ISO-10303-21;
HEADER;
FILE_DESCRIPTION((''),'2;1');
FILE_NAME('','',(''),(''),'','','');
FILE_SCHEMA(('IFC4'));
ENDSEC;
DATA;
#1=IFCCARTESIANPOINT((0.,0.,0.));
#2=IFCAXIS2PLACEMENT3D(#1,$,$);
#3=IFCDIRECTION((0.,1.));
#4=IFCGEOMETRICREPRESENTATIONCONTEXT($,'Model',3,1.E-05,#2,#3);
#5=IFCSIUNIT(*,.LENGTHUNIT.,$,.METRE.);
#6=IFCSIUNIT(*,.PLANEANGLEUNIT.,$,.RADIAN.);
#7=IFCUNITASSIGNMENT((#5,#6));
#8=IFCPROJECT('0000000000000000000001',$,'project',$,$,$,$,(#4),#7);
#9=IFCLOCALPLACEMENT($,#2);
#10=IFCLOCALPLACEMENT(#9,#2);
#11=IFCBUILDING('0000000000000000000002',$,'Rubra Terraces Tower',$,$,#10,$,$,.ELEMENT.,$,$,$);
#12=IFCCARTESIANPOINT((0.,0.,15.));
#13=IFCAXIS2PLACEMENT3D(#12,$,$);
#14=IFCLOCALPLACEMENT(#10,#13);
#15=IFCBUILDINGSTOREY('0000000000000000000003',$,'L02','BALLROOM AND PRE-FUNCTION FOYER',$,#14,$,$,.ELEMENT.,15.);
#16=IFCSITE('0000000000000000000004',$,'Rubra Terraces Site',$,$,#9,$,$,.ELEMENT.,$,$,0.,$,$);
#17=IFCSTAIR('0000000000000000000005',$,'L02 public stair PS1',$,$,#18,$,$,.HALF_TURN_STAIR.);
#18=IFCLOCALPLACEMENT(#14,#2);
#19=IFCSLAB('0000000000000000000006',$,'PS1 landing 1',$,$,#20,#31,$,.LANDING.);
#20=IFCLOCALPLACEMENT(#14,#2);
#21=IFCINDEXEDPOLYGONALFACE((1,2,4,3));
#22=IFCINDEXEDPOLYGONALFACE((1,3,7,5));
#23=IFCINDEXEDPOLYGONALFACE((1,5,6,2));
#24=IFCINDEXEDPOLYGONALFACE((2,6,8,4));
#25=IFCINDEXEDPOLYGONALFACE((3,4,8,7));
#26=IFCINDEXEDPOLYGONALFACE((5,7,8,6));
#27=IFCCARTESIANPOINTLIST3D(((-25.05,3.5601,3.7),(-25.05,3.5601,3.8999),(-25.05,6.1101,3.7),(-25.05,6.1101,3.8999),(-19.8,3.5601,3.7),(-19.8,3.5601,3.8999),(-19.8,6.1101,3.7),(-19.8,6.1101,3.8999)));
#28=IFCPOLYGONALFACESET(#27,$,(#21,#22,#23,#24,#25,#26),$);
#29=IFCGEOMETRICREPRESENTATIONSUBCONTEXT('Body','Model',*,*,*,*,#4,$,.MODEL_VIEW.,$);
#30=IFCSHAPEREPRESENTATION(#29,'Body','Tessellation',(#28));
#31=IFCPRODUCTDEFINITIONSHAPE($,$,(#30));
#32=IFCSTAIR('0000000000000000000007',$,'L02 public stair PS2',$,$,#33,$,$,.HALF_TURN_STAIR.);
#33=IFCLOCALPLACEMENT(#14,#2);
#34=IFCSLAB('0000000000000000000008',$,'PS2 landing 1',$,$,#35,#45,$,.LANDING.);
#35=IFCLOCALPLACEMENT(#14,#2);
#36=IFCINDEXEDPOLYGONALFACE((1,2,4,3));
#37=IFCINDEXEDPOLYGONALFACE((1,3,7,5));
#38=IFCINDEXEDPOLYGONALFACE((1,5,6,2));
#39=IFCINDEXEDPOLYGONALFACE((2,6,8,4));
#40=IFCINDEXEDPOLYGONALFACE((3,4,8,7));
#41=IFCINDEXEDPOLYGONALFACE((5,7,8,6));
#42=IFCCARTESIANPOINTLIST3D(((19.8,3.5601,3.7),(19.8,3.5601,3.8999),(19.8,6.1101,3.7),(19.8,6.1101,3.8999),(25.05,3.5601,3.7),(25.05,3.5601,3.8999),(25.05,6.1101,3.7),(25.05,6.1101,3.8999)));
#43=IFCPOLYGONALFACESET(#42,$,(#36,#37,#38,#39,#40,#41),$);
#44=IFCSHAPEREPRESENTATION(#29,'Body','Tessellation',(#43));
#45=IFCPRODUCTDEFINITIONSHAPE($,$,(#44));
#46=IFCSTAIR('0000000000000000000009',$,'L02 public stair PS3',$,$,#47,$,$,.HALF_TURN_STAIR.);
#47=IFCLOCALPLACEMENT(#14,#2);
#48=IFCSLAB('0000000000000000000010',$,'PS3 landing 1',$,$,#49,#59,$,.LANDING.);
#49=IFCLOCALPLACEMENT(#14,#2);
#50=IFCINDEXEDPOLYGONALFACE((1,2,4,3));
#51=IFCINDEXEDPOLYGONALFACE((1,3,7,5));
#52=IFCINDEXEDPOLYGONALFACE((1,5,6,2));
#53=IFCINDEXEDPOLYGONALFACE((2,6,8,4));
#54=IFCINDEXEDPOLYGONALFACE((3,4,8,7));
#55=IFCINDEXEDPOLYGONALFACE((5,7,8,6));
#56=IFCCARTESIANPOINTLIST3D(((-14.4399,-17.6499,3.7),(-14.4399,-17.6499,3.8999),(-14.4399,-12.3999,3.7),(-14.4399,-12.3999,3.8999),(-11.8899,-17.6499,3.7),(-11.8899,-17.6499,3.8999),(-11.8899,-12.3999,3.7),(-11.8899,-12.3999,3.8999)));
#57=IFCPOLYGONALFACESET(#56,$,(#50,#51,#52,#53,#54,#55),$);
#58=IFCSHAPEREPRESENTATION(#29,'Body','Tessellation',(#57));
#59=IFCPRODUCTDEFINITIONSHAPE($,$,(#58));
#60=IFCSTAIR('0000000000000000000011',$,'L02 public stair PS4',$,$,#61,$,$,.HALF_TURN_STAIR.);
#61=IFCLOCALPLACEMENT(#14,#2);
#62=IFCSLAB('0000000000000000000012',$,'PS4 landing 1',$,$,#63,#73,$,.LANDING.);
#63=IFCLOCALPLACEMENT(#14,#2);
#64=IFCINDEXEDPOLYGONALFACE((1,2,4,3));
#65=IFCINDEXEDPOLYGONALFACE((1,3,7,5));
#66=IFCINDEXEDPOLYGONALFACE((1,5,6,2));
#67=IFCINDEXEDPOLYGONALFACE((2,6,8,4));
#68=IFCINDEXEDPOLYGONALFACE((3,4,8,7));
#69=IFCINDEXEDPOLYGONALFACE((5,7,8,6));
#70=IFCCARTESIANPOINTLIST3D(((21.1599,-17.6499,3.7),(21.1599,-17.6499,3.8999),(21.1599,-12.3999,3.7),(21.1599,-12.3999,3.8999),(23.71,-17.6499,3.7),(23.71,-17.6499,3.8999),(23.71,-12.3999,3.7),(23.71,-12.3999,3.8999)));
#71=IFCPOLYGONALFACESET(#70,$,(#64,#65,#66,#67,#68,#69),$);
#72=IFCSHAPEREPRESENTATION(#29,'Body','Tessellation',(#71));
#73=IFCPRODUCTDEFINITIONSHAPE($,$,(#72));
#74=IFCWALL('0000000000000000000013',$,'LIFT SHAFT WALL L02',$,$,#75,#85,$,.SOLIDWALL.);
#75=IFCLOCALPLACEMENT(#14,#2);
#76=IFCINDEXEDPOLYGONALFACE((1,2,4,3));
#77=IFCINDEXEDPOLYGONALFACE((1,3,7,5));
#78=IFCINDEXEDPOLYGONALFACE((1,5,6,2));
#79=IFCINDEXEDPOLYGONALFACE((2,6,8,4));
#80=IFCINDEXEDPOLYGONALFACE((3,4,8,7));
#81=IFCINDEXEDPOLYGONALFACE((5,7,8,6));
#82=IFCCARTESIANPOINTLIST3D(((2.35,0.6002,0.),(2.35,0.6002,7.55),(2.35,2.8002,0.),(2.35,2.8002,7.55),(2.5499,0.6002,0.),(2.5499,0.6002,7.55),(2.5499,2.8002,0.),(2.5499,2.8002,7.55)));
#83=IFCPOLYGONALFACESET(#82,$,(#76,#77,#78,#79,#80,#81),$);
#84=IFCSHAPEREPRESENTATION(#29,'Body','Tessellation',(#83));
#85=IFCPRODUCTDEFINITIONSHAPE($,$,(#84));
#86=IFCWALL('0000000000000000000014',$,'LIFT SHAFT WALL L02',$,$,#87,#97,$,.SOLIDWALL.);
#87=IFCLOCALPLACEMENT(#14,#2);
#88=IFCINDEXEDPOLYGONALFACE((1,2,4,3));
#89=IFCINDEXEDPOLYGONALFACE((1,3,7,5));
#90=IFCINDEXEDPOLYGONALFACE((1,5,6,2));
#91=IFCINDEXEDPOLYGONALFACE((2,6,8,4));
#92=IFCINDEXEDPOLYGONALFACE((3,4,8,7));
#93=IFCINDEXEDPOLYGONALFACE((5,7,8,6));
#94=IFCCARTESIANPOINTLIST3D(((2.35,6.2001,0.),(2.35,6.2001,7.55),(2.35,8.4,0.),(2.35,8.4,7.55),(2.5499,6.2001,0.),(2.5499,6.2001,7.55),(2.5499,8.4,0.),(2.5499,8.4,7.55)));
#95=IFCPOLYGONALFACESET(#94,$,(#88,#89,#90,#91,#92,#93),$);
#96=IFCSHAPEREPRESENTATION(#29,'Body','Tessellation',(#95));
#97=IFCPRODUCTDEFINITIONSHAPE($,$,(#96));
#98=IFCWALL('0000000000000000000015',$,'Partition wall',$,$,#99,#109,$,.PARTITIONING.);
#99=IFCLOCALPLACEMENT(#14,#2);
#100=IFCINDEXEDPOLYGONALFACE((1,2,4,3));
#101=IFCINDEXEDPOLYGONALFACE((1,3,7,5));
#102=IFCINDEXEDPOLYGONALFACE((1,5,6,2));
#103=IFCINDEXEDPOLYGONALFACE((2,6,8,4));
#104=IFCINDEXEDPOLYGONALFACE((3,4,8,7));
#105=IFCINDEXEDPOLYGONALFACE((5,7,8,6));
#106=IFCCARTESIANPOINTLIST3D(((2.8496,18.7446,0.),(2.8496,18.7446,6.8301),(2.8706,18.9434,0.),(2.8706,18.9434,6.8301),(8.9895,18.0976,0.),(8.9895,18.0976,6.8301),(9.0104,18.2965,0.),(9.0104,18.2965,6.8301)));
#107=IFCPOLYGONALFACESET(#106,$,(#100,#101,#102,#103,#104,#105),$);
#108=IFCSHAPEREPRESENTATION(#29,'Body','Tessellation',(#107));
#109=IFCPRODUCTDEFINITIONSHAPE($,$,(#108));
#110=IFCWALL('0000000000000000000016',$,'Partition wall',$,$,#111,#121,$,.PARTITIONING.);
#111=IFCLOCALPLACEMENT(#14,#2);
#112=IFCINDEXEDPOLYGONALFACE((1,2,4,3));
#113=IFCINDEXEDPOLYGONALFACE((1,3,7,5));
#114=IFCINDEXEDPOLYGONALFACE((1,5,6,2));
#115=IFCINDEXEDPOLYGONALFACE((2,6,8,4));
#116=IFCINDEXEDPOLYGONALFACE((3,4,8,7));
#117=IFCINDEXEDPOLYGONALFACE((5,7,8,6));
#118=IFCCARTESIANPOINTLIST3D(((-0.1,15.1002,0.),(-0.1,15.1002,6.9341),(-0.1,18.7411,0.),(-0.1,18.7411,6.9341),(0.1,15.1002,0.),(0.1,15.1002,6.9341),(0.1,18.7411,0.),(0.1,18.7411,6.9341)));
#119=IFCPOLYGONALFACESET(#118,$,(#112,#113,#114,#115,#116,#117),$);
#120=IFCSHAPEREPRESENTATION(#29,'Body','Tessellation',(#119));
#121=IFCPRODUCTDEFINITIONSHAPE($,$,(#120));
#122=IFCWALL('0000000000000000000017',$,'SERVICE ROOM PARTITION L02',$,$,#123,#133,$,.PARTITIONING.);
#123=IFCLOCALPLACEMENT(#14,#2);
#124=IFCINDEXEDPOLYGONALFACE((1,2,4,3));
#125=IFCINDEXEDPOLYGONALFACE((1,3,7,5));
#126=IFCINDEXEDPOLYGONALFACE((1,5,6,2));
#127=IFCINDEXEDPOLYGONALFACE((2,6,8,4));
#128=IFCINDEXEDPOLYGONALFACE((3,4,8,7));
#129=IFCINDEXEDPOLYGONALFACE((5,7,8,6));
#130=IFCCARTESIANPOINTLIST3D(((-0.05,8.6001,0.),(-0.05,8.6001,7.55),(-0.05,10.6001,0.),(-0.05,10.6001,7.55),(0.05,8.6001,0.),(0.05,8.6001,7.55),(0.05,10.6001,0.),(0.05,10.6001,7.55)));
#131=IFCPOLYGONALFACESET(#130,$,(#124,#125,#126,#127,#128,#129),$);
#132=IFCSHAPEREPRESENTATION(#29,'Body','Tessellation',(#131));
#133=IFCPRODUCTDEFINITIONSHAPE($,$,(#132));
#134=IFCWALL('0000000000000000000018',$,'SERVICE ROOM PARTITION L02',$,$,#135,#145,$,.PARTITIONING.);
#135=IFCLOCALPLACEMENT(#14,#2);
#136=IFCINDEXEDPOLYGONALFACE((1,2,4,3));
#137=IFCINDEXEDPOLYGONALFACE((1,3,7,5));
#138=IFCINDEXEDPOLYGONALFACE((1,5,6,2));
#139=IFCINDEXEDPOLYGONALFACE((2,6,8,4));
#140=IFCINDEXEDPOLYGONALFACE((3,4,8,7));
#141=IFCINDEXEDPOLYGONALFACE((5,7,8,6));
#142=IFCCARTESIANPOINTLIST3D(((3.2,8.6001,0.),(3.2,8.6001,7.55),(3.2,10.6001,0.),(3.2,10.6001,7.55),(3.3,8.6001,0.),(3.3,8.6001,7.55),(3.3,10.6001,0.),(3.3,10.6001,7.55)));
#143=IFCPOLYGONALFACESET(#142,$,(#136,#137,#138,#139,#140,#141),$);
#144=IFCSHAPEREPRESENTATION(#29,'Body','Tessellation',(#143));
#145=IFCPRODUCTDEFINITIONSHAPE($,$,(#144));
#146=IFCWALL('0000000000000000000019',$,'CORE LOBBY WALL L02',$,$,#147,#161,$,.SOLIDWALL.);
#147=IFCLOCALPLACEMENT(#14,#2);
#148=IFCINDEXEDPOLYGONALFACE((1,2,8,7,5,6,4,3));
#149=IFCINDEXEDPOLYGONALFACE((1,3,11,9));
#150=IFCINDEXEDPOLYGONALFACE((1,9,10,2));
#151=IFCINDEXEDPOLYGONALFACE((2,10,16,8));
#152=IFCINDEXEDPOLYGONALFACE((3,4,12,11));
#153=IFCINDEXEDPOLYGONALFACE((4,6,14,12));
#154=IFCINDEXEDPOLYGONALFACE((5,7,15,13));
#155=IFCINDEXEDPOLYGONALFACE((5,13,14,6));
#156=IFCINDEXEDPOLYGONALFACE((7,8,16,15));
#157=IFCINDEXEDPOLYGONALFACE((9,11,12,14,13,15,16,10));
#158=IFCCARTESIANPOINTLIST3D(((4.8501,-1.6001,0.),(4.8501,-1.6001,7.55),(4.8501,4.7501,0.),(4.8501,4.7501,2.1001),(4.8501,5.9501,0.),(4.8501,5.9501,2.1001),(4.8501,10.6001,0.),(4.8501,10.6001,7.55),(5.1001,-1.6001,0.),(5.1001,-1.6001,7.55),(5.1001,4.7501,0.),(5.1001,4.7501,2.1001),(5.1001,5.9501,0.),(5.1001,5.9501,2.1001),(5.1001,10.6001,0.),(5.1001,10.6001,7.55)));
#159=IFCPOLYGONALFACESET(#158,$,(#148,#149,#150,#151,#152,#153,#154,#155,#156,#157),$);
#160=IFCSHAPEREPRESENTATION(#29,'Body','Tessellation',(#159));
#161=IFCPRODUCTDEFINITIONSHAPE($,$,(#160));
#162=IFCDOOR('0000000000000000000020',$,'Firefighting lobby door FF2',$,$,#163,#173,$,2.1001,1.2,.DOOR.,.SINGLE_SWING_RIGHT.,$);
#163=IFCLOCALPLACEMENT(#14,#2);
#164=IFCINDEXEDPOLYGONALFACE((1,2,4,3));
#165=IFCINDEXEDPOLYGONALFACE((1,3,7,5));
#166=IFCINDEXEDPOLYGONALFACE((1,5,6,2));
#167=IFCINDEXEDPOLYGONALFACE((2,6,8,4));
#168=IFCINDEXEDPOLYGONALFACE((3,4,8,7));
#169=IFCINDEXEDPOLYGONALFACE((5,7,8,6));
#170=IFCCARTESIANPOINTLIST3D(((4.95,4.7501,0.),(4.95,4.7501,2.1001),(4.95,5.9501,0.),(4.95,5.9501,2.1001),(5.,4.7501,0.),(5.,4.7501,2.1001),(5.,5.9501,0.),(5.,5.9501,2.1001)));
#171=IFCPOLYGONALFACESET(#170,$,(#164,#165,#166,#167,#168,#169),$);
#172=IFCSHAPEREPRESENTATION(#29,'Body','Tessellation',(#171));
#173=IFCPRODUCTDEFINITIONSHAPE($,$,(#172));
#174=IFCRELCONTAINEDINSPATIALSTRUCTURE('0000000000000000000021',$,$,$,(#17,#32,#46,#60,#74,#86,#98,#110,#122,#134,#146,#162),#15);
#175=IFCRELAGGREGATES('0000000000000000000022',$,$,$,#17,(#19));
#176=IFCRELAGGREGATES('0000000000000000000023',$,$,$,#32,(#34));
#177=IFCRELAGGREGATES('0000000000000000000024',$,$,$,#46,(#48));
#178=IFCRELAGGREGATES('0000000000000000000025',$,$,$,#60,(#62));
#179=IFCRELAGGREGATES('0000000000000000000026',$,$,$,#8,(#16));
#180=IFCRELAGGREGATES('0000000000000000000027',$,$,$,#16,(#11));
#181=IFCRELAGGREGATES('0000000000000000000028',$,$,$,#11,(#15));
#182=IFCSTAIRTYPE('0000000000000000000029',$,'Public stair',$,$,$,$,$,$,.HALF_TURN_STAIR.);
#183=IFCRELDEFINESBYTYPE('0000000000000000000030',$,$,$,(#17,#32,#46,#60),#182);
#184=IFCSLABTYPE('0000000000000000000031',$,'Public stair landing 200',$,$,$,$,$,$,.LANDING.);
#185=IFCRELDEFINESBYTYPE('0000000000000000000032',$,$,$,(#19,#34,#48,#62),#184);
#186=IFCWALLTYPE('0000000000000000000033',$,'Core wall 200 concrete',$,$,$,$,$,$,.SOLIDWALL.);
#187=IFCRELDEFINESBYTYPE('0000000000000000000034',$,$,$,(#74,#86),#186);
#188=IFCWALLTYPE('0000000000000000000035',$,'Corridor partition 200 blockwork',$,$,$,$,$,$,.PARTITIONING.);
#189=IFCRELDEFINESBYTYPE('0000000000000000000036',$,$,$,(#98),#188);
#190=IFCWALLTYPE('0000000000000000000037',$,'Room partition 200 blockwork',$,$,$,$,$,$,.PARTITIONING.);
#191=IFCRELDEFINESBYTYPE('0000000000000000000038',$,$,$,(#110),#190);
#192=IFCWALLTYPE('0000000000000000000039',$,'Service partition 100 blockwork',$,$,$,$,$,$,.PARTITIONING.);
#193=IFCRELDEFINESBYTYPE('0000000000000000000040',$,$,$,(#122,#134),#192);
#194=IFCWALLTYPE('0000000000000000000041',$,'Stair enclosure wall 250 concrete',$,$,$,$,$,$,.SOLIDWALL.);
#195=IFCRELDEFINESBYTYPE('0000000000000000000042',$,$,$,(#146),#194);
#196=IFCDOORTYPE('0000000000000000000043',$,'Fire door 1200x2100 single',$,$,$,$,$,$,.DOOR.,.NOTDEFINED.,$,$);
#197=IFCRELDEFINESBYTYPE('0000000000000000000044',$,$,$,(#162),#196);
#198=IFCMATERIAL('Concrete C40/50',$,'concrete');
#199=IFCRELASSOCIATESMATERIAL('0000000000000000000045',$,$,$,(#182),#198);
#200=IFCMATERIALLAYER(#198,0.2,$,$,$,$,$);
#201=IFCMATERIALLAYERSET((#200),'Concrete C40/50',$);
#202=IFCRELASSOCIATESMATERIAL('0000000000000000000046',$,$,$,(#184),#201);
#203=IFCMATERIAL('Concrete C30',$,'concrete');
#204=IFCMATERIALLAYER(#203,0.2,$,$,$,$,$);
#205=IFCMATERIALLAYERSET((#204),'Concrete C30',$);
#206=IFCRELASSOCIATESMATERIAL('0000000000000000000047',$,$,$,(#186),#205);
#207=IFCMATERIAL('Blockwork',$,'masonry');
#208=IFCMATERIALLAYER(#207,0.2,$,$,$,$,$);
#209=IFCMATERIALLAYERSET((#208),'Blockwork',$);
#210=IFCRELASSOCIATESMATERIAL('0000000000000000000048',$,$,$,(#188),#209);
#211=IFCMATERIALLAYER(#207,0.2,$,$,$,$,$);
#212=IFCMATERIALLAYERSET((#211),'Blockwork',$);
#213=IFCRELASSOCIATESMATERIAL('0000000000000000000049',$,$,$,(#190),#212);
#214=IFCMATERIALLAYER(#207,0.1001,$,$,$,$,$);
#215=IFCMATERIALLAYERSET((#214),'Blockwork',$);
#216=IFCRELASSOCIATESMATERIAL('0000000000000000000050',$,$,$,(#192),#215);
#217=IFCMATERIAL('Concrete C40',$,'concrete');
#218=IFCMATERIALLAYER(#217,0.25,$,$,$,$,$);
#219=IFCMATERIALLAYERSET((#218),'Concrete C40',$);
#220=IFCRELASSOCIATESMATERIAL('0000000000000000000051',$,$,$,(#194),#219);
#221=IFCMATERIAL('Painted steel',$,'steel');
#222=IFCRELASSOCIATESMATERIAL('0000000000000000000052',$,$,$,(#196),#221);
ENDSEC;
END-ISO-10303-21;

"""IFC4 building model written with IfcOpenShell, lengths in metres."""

from ifc_helpers import new_model, si_unit, direction, frame, frame_2d, origin, place, context, subcontext, project, spatial, polyline, rectangle, outline, extrude, material, layer, layer_set, type_object, element, fill, aggregate, save


model = new_model("IFC4")

# Units and contexts
model_context = context("Model", 3, precision=1e-05, world=origin(), true_north=direction((0.0, 1.0)))
body_context = subcontext(model_context, "Body", "Model", "MODEL_VIEW")
ifc_project = project(units=[si_unit("LENGTHUNIT", "METRE"), si_unit("PLANEANGLEUNIT", "RADIAN")], contexts=[model_context])

# Site, building, storey
site_placement = place(None, origin())
site = spatial("IfcSite", under=ifc_project, at=site_placement, Name="Rubra Terraces Site", CompositionType="ELEMENT", RefElevation=0.0)
building_placement = place(site_placement, origin())
building = spatial("IfcBuilding", under=site, at=building_placement, Name="Rubra Terraces Tower", CompositionType="ELEMENT")
storey_placement = place(building_placement, frame((0.0, 0.0, 15.0)))
storey = spatial("IfcBuildingStorey", under=building, at=storey_placement, Name="L02", Description="BALLROOM AND PRE-FUNCTION FOYER", CompositionType="ELEMENT", Elevation=15.0)

# Shared definitions
ifc_material_1 = material(Name="Concrete C40", Category="concrete")

# Stairs, slabs
ifc_material_2 = material(Name="Concrete C40/50", Category="concrete")
stair_type_1 = type_object("IfcStairType", Name="Public stair", PredefinedType="HALF_TURN_STAIR", material=ifc_material_2)
stair_1_placement = place(storey_placement, origin())
stair_1 = element("IfcStair", 1, at=stair_1_placement, inside=storey, type_object=stair_type_1, Name="L02 public stair PS1", PredefinedType="HALF_TURN_STAIR")
ifc_layer_1 = layer(ifc_material_2, 0.2)
ifc_layer_set_1 = layer_set([ifc_layer_1], Name="Concrete C40/50")
slab_type_1 = type_object("IfcSlabType", Name="Public stair landing 200", PredefinedType="LANDING", material=ifc_layer_set_1)
slab_1_placement = place(storey_placement, frame((0.0, 0.0, 3.7)))
slab_1 = element("IfcSlab", 2, at=slab_1_placement, type_object=slab_type_1, Name="PS1 landing 1", PredefinedType="LANDING", context=body_context, shape_type="SweptSolid", body=[
    extrude(outline(polyline([(-25.05, 3.5601), (-19.8, 3.5601), (-19.8, 6.1101), (-25.05, 6.1101), (-25.05, 3.5601)])), origin(), (0.0, 0.0, 1.0), 0.2),
])
aggregate(stair_1, [slab_1])
stair_2_placement = place(storey_placement, origin())
stair_2 = element("IfcStair", 3, at=stair_2_placement, inside=storey, type_object=stair_type_1, Name="L02 public stair PS2", PredefinedType="HALF_TURN_STAIR")
slab_2_placement = place(storey_placement, frame((0.0, 0.0, 3.7)))
slab_2 = element("IfcSlab", 4, at=slab_2_placement, type_object=slab_type_1, Name="PS2 landing 1", PredefinedType="LANDING", context=body_context, shape_type="SweptSolid", body=[
    extrude(outline(polyline([(19.8, 3.5601), (25.05, 3.5601), (25.05, 6.1101), (19.8, 6.1101), (19.8, 3.5601)])), origin(), (0.0, 0.0, 1.0), 0.2),
])
aggregate(stair_2, [slab_2])
stair_3_placement = place(storey_placement, origin())
stair_3 = element("IfcStair", 5, at=stair_3_placement, inside=storey, type_object=stair_type_1, Name="L02 public stair PS3", PredefinedType="HALF_TURN_STAIR")
slab_3_placement = place(storey_placement, frame((0.0, 0.0, 3.7)))
slab_3 = element("IfcSlab", 6, at=slab_3_placement, type_object=slab_type_1, Name="PS3 landing 1", PredefinedType="LANDING", context=body_context, shape_type="SweptSolid", body=[
    extrude(outline(polyline([(-14.4399, -17.6499), (-11.8899, -17.6499), (-11.8899, -12.3999), (-14.4399, -12.3999), (-14.4399, -17.6499)])), origin(), (0.0, 0.0, 1.0), 0.2),
])
aggregate(stair_3, [slab_3])
stair_4_placement = place(storey_placement, origin())
stair_4 = element("IfcStair", 7, at=stair_4_placement, inside=storey, type_object=stair_type_1, Name="L02 public stair PS4", PredefinedType="HALF_TURN_STAIR")
slab_4_placement = place(storey_placement, frame((0.0, 0.0, 3.7)))
slab_4 = element("IfcSlab", 8, at=slab_4_placement, type_object=slab_type_1, Name="PS4 landing 1", PredefinedType="LANDING", context=body_context, shape_type="SweptSolid", body=[
    extrude(outline(polyline([(21.1599, -17.6499), (23.71, -17.6499), (23.71, -12.3999), (21.1599, -12.3999), (21.1599, -17.6499)])), origin(), (0.0, 0.0, 1.0), 0.2),
])
aggregate(stair_4, [slab_4])

# Walls
ifc_material_3 = material(Name="Concrete C30", Category="concrete")
ifc_layer_2 = layer(ifc_material_3, 0.2)
ifc_layer_set_2 = layer_set([ifc_layer_2], Name="Concrete C30")
wall_type_1 = type_object("IfcWallType", Name="Core wall 200 concrete", PredefinedType="SOLIDWALL", material=ifc_layer_set_2)
for number, where, z_axis, x_axis, name in (
    (9, (2.45, 0.6001, 0.0), (0.0, 0.0, 1.0), (0.0, 1.0, 0.0), "LIFT SHAFT WALL L02"),
    (10, (2.45, 6.2, 0.0), (0.0, 0.0, 1.0), (0.0, 1.0, 0.0), "LIFT SHAFT WALL L02"),
):
    element("IfcWall", number, at=place(storey_placement, frame(where, z_axis=z_axis, x_axis=x_axis)), inside=storey, type_object=wall_type_1, Name=name, PredefinedType="SOLIDWALL", context=body_context, shape_type="SweptSolid", body=[
        extrude(rectangle(XDim=2.2, YDim=0.2, at=frame_2d((1.1001, 0.0))), origin(), (0.0, 0.0, 1.0), 7.55),
    ])
ifc_material_4 = material(Name="Blockwork", Category="masonry")
ifc_layer_3 = layer(ifc_material_4, 0.2)
ifc_layer_set_3 = layer_set([ifc_layer_3], Name="Blockwork")
wall_type_2 = type_object("IfcWallType", Name="Corridor partition 200 blockwork", PredefinedType="PARTITIONING", material=ifc_layer_set_3)
wall_1_placement = place(storey_placement, frame((2.8601, 18.844, 0.0), z_axis=(0.0, 0.0, 1.0), x_axis=(0.994494, -0.104792, 0.0)))
element("IfcWall", 11, at=wall_1_placement, inside=storey, type_object=wall_type_2, Name="Partition wall", PredefinedType="PARTITIONING", context=body_context, shape_type="SweptSolid", body=[
    extrude(rectangle(XDim=6.1738, YDim=0.2, at=frame_2d((3.0869, 0.0))), origin(), (0.0, 0.0, 1.0), 6.8301),
])
ifc_layer_4 = layer(ifc_material_4, 0.2)
ifc_layer_set_4 = layer_set([ifc_layer_4], Name="Blockwork")
wall_type_3 = type_object("IfcWallType", Name="Room partition 200 blockwork", PredefinedType="PARTITIONING", material=ifc_layer_set_4)
wall_2_placement = place(storey_placement, frame((0.0, 18.741, 0.0), z_axis=(0.0, 0.0, 1.0), x_axis=(0.0, -1.0, 0.0)))
element("IfcWall", 12, at=wall_2_placement, inside=storey, type_object=wall_type_3, Name="Partition wall", PredefinedType="PARTITIONING", context=body_context, shape_type="SweptSolid", body=[
    extrude(rectangle(XDim=3.6409, YDim=0.2, at=frame_2d((1.8203, 0.0))), origin(), (0.0, 0.0, 1.0), 6.9341),
])
ifc_layer_5 = layer(ifc_material_4, 0.1001)
ifc_layer_set_5 = layer_set([ifc_layer_5], Name="Blockwork")
wall_type_4 = type_object("IfcWallType", Name="Service partition 100 blockwork", PredefinedType="PARTITIONING", material=ifc_layer_set_5)
for number, where, z_axis, x_axis, name in (
    (13, (0.0, 8.6001, 0.0), (0.0, 0.0, 1.0), (0.0, 1.0, 0.0), "SERVICE ROOM PARTITION L02"),
    (14, (3.25, 8.6001, 0.0), (0.0, 0.0, 1.0), (0.0, 1.0, 0.0), "SERVICE ROOM PARTITION L02"),
):
    element("IfcWall", number, at=place(storey_placement, frame(where, z_axis=z_axis, x_axis=x_axis)), inside=storey, type_object=wall_type_4, Name=name, PredefinedType="PARTITIONING", context=body_context, shape_type="SweptSolid", body=[
        extrude(rectangle(XDim=2.0, YDim=0.1001, at=frame_2d((1.0, 0.0))), origin(), (0.0, 0.0, 1.0), 7.55),
    ])

# Wall, opening, door
ifc_layer_6 = layer(ifc_material_1, 0.25)
ifc_layer_set_6 = layer_set([ifc_layer_6], Name="Concrete C40")
wall_type_5 = type_object("IfcWallType", Name="Stair enclosure wall 250 concrete", PredefinedType="SOLIDWALL", material=ifc_layer_set_6)
wall_3_placement = place(storey_placement, frame((4.9751, 10.6001, 0.0), z_axis=(0.0, 0.0, 1.0), x_axis=(0.0, -1.0, 0.0)))
wall_3 = element("IfcWall", 15, at=wall_3_placement, inside=storey, type_object=wall_type_5, Name="CORE LOBBY WALL L02", PredefinedType="SOLIDWALL", context=body_context, shape_type="SweptSolid", body=[
    extrude(rectangle(XDim=12.2002, YDim=0.25, at=frame_2d((6.1001, 0.0))), origin(), (0.0, 0.0, 1.0), 7.55),
])
opening_placement = place(wall_3_placement, frame((4.6499, 0.0, 0.0)))
opening = element("IfcOpeningElement", 16, at=opening_placement, cuts=wall_3, PredefinedType="OPENING", context=body_context, shape_type="SweptSolid", body=[
    extrude(rectangle(XDim=1.2, YDim=2.1001, at=frame_2d((0.6001, 1.05))), frame((0.0, 0.135, 0.0), z_axis=(0.0, -1.0, 0.0), x_axis=(1.0, 0.0, 0.0)), (0.0, 0.0, 1.0), 0.27),
])
ifc_material_5 = material(Name="Painted steel", Category="steel")
door_type = type_object("IfcDoorType", Name="Fire door 1200x2100 single", OperationType="NOTDEFINED", PredefinedType="DOOR", material=ifc_material_5)
door_placement = place(opening_placement, origin())
door = element("IfcDoor", 17, at=door_placement, inside=storey, type_object=door_type, Name="Firefighting lobby door FF2", OperationType="SINGLE_SWING_RIGHT", OverallHeight=2.1001, OverallWidth=1.2, PredefinedType="DOOR", context=body_context, shape_type="SweptSolid", body=[
    extrude(rectangle(XDim=1.2, YDim=2.1001, at=frame_2d((0.6001, 1.05))), frame((0.0, 0.0249, 0.0), z_axis=(0.0, -1.0, 0.0), x_axis=(1.0, 0.0, 0.0)), (0.0, 0.0, 1.0), 0.05),
])
fill(opening, door)

save(model, "model.ifc")
